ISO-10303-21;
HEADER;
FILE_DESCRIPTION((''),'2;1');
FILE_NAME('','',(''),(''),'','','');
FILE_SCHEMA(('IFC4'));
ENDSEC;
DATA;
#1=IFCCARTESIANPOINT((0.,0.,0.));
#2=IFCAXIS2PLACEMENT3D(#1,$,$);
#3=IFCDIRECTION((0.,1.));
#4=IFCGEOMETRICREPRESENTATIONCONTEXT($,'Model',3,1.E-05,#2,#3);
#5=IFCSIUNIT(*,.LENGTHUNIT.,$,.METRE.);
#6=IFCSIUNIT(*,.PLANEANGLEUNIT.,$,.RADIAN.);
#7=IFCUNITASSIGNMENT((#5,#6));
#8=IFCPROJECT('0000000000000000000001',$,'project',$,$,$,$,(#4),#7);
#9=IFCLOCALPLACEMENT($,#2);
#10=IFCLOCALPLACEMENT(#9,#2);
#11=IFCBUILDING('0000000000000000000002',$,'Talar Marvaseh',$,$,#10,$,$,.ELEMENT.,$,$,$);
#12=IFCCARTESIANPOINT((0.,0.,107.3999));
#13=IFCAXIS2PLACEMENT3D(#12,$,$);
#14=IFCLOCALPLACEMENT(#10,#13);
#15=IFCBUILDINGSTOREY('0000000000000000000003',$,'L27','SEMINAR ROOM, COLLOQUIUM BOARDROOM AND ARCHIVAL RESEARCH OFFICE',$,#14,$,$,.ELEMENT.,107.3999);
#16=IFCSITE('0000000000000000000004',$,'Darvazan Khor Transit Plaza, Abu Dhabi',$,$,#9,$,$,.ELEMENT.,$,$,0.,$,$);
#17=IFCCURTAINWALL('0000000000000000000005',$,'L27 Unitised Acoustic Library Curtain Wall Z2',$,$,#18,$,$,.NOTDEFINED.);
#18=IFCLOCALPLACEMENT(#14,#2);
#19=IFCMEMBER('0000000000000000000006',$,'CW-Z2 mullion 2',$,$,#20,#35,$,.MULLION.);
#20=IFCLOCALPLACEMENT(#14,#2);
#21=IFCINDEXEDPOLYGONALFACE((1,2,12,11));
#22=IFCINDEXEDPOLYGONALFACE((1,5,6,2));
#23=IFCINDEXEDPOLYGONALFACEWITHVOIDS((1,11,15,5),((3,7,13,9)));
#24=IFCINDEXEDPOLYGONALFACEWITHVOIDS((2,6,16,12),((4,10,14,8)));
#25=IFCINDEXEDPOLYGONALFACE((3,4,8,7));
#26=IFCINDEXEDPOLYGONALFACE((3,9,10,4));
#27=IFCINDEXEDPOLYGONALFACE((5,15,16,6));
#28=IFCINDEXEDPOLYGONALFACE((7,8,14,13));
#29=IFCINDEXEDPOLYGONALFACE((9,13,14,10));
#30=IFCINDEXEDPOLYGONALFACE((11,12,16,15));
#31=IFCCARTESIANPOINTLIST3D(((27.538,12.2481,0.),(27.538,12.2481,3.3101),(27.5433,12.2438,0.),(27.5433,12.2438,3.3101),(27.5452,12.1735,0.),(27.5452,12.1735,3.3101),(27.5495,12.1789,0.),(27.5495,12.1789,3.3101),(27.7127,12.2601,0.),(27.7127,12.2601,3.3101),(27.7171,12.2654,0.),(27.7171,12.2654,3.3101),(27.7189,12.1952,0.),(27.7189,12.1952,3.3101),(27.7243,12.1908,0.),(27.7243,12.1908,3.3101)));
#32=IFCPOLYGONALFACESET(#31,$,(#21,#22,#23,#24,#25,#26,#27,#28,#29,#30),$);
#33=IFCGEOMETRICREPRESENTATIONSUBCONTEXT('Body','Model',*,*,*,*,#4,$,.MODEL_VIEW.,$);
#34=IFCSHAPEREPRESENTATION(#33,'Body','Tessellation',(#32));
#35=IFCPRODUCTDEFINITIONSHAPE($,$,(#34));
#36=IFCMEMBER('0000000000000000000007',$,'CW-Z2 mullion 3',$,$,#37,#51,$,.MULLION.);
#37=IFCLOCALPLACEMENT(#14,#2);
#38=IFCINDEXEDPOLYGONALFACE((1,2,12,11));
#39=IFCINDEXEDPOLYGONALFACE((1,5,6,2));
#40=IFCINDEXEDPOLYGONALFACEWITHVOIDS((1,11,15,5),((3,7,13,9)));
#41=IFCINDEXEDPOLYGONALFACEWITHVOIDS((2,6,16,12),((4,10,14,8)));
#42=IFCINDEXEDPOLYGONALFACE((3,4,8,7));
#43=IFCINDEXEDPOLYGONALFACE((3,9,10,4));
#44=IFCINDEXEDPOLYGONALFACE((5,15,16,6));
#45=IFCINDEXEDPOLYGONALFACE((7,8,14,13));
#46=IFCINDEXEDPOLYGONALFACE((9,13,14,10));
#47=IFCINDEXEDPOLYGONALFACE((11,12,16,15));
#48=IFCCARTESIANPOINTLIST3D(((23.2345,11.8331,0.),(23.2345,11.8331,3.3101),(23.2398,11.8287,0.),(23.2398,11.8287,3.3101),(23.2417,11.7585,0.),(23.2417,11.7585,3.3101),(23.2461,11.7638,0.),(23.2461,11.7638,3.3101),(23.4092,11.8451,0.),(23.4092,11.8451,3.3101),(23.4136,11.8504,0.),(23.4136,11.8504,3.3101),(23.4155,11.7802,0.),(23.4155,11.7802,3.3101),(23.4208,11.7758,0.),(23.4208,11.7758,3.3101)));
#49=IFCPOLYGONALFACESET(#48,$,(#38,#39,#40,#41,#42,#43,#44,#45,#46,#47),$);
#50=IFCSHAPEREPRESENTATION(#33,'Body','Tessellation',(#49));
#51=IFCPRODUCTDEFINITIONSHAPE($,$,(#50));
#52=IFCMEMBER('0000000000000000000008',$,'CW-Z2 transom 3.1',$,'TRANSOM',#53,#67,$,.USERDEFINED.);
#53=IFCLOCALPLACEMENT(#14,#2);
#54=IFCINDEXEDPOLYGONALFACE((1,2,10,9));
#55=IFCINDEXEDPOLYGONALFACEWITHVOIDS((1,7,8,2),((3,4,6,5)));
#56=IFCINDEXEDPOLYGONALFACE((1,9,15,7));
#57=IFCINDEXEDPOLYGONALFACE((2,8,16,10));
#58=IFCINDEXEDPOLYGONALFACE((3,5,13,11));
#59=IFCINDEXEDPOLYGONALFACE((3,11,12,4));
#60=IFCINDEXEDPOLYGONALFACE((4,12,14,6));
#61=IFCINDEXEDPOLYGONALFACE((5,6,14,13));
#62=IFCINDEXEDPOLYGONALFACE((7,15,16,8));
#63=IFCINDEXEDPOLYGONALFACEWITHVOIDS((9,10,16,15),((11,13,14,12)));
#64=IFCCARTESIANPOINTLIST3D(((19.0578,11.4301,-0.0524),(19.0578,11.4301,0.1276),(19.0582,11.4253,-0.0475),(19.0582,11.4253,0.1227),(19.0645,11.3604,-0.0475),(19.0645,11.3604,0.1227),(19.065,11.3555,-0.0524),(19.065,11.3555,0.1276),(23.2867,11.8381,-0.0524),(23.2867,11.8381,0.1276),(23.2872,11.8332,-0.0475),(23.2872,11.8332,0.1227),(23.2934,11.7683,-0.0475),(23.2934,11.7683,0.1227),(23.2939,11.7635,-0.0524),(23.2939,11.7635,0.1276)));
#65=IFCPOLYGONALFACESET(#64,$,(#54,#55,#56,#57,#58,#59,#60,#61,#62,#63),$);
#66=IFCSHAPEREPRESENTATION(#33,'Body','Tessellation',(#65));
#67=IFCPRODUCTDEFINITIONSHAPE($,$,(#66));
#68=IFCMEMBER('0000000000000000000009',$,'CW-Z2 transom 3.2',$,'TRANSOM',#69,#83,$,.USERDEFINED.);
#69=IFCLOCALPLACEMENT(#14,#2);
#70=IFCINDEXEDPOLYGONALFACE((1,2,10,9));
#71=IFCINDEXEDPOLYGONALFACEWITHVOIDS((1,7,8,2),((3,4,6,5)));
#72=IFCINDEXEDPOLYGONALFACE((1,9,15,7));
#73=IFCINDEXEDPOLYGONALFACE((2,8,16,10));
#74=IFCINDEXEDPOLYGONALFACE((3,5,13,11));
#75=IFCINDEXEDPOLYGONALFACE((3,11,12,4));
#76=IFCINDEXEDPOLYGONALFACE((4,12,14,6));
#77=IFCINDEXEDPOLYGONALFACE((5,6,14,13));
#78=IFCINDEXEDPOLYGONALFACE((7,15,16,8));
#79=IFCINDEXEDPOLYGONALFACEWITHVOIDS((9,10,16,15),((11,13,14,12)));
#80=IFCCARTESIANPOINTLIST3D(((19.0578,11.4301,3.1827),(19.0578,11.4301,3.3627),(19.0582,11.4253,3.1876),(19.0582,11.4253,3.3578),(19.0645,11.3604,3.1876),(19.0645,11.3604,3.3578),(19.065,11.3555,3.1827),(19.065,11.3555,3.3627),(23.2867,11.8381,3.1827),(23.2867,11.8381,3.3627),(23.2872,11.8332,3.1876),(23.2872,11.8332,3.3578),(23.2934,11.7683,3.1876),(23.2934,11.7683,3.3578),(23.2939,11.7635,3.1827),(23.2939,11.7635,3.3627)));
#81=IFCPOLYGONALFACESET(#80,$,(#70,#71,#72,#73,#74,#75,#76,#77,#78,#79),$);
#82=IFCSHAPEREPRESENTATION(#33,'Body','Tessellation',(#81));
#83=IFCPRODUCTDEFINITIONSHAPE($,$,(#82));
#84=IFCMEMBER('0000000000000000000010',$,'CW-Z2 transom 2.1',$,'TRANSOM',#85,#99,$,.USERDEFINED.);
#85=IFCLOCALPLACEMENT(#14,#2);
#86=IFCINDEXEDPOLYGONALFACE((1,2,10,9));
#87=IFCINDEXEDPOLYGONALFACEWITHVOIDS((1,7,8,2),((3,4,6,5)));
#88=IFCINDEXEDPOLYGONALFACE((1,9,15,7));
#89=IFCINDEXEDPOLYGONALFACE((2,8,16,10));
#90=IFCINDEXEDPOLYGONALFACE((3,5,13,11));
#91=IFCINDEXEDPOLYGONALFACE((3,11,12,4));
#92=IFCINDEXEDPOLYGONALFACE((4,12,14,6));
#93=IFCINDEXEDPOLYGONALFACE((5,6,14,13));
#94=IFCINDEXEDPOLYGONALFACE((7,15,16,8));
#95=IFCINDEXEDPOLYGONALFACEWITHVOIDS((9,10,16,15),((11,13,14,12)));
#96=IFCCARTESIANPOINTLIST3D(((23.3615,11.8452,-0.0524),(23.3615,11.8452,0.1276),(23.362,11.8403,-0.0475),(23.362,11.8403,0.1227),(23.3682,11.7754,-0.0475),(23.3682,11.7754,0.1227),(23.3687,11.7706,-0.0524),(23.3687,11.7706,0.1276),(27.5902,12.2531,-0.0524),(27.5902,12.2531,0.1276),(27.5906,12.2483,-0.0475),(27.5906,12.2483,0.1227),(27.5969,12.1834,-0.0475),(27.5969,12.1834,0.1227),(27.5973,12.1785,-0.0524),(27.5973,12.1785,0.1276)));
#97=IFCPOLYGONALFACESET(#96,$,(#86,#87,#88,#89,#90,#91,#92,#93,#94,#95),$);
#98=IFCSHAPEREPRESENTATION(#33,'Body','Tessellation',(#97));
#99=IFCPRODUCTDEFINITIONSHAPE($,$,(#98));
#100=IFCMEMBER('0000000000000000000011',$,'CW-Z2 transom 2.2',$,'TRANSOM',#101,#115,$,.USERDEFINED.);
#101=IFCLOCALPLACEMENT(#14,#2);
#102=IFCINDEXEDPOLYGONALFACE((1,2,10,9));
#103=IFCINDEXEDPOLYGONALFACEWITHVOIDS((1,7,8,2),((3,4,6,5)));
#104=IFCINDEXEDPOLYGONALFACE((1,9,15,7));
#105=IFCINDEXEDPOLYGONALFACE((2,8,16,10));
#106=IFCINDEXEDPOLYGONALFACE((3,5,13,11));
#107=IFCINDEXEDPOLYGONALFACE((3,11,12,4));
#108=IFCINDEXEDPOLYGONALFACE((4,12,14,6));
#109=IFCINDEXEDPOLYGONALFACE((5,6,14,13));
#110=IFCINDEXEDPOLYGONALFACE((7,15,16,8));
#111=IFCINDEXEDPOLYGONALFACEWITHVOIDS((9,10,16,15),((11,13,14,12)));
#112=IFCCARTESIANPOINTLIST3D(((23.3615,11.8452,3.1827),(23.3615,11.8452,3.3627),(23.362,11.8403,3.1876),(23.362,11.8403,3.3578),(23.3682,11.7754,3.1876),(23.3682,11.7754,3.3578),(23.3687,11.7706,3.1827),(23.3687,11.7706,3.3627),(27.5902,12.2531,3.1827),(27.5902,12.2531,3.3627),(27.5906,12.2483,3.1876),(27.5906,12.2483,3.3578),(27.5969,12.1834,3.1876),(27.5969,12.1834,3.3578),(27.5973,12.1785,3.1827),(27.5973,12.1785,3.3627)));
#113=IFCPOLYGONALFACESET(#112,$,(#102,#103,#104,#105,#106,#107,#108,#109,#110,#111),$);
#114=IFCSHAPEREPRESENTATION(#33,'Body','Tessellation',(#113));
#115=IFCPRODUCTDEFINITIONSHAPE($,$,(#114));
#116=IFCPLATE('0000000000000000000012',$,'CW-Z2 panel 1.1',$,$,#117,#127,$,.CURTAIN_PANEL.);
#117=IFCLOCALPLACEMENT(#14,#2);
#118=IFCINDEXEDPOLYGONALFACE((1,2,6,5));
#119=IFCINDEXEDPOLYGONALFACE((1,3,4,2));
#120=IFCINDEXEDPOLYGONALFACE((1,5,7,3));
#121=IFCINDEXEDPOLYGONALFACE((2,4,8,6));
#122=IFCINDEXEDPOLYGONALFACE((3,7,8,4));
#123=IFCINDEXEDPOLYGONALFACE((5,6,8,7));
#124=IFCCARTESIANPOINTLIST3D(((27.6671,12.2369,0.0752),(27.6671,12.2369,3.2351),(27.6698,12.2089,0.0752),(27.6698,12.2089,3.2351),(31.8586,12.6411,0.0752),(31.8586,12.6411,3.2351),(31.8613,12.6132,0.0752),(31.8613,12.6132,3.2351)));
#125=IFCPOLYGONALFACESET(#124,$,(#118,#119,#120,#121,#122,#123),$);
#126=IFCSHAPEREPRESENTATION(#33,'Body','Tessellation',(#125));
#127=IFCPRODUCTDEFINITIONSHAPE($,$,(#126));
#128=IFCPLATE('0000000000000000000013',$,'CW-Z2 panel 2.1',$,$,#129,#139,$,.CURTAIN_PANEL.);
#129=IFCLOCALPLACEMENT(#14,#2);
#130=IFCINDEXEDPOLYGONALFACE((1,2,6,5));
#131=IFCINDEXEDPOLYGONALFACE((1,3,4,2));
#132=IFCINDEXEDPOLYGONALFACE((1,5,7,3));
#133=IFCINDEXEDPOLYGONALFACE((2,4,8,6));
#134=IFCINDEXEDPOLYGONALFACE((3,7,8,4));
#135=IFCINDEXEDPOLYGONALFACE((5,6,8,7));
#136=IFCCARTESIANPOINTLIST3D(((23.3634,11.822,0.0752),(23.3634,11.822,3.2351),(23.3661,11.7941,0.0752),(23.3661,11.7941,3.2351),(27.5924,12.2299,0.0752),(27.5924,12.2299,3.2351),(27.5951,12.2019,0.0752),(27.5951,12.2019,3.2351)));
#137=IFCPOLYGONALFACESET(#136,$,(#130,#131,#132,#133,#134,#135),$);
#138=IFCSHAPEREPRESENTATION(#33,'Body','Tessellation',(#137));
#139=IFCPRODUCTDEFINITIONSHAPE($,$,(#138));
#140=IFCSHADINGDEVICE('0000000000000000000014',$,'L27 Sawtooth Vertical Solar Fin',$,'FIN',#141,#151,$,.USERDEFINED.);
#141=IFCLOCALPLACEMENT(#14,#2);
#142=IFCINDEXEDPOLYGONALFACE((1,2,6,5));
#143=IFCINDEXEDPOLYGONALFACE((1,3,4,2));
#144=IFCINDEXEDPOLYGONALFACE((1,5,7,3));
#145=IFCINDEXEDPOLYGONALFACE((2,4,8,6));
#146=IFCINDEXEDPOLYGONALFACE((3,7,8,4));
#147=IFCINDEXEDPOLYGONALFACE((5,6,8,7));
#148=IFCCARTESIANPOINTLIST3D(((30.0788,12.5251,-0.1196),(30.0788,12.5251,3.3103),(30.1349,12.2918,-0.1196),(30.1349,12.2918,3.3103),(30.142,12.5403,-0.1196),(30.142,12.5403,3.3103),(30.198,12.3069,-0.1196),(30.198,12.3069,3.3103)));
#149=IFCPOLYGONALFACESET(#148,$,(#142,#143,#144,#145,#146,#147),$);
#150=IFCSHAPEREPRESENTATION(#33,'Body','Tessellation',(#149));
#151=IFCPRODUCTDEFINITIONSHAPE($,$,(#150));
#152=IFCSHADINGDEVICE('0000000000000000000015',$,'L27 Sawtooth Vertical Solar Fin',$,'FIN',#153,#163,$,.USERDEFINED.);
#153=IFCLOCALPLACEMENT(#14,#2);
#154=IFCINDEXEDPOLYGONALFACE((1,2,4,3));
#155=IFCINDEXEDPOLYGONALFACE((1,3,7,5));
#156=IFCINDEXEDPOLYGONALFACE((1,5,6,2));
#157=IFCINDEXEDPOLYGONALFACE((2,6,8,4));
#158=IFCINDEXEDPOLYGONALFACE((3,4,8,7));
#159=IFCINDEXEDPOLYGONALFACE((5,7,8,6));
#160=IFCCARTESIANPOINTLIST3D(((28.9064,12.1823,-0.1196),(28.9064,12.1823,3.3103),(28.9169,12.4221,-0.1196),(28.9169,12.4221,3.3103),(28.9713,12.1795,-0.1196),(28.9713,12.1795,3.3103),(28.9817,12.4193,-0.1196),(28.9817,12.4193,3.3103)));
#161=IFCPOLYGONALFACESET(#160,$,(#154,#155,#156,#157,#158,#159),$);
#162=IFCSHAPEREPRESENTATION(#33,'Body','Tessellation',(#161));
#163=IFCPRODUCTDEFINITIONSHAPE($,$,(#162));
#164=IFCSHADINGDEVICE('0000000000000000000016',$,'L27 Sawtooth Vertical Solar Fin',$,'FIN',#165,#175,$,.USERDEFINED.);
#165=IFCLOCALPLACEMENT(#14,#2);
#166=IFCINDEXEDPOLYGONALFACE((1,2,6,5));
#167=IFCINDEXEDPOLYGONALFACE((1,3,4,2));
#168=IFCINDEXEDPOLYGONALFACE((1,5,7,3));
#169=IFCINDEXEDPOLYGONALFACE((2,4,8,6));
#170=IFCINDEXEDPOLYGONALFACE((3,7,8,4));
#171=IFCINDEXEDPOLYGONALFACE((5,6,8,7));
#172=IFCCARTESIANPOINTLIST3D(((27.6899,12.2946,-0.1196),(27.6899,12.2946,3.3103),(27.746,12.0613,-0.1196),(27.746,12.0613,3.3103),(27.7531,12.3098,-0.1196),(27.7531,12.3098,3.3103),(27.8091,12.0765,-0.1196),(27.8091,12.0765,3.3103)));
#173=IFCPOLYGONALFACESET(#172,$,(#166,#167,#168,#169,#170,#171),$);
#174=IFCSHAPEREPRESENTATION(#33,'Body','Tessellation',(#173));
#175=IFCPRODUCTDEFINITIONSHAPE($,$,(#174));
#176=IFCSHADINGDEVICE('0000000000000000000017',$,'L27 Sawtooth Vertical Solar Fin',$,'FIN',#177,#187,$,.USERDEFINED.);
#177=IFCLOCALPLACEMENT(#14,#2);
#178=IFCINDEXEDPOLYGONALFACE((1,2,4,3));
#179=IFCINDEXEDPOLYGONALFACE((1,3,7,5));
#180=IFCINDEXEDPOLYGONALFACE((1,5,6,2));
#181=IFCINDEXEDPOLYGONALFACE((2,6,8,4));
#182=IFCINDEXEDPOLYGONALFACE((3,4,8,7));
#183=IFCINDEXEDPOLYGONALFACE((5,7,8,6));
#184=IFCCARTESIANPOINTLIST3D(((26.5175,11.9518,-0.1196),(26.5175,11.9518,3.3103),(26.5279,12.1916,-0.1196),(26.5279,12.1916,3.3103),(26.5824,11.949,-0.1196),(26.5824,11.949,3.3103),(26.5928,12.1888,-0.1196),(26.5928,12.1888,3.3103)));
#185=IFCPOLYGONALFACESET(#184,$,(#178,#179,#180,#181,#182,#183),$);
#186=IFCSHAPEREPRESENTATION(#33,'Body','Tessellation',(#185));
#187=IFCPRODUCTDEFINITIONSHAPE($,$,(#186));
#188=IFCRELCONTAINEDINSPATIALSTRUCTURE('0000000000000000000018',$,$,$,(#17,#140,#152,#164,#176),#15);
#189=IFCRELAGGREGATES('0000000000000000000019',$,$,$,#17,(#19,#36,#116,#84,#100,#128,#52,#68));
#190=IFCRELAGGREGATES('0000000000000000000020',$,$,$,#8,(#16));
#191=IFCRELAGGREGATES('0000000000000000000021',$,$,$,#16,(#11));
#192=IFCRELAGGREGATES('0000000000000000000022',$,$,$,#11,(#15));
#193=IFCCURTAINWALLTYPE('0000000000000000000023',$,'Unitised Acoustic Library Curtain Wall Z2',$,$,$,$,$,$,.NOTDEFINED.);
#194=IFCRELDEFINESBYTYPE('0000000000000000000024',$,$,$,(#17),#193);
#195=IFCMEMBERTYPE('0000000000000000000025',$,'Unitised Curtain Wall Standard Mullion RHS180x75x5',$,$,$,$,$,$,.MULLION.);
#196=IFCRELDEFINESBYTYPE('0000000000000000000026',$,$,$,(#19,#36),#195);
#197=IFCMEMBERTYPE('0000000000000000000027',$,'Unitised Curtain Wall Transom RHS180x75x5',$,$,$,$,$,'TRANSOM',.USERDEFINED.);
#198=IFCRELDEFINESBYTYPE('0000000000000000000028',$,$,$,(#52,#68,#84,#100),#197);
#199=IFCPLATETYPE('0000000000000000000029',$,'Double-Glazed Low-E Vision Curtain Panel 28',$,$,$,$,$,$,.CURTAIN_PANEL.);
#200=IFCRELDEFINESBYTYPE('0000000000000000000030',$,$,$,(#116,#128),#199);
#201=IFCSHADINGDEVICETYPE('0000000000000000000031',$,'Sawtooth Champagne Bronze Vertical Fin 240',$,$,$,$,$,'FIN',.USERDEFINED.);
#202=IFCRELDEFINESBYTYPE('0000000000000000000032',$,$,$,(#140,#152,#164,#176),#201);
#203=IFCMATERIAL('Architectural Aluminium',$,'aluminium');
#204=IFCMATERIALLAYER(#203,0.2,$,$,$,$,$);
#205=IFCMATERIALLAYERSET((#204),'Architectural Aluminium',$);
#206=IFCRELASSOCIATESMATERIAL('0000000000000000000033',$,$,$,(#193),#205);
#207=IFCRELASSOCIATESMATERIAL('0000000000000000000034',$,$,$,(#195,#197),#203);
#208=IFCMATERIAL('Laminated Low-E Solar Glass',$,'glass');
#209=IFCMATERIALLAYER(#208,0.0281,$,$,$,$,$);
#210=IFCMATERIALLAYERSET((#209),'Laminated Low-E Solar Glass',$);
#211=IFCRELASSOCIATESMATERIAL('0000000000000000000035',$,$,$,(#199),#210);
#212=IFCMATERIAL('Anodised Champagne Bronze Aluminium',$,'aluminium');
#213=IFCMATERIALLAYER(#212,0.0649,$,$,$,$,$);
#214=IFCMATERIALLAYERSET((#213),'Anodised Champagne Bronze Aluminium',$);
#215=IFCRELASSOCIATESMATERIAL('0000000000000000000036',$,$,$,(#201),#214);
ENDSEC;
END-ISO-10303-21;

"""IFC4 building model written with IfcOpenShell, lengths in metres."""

from ifc_helpers import new_model, si_unit, direction, frame, origin, origin_2d, place, context, subcontext, project, spatial, rectangle, hollow_rectangle, extrude, source, transform, mapped, material, layer, layer_set, material_profile, profile_set, type_object, type_shapes, element, aggregate, save


model = new_model("IFC4")

# Units and contexts
model_context = context("Model", 3, precision=1e-05, world=origin(), true_north=direction((0.0, 1.0)))
body_context = subcontext(model_context, "Body", "Model", "MODEL_VIEW")
ifc_project = project(units=[si_unit("LENGTHUNIT", "METRE"), si_unit("PLANEANGLEUNIT", "RADIAN")], contexts=[model_context])

# Site, building, storey
site_placement = place(None, origin())
site = spatial("IfcSite", under=ifc_project, at=site_placement, Name="Darvazan Khor Transit Plaza, Abu Dhabi", CompositionType="ELEMENT", RefElevation=0.0)
building_placement = place(site_placement, origin())
building = spatial("IfcBuilding", under=site, at=building_placement, Name="Talar Marvaseh", CompositionType="ELEMENT")
storey_placement = place(building_placement, frame((0.0, 0.0, 107.3999)))
storey = spatial("IfcBuildingStorey", under=building, at=storey_placement, Name="L27", Description="SEMINAR ROOM, COLLOQUIUM BOARDROOM AND ARCHIVAL RESEARCH OFFICE", CompositionType="ELEMENT", Elevation=107.3999)

# Curtain wall, members, plates
ifc_material_1 = material(Name="Architectural Aluminium", Category="aluminium")
ifc_layer_1 = layer(ifc_material_1, 0.2)
ifc_layer_set_1 = layer_set([ifc_layer_1], Name="Architectural Aluminium")
curtain_wall_type = type_object("IfcCurtainWallType", Name="Unitised Acoustic Library Curtain Wall Z2", PredefinedType="NOTDEFINED", material=ifc_layer_set_1)
curtain_wall_placement = place(storey_placement, origin())
curtain_wall = element("IfcCurtainWall", 1, at=curtain_wall_placement, inside=storey, type_object=curtain_wall_type, Name="L27 Unitised Acoustic Library Curtain Wall Z2", PredefinedType="NOTDEFINED")
ifc_material_profile_1 = material_profile(ifc_material_1, hollow_rectangle(XDim=0.075, YDim=0.1799, WallThickness=0.0049, at=origin_2d()), Name="RHS180x75x5")
ifc_profile_set_1 = profile_set([ifc_material_profile_1], Name="Architectural Aluminium")
member_type_1 = type_object("IfcMemberType", Name="Unitised Curtain Wall Standard Mullion RHS180x75x5", PredefinedType="MULLION", material=ifc_profile_set_1)
shared_shape_1 = source(origin(), body_context, "Body", "SweptSolid", [
    extrude(hollow_rectangle(XDim=0.075, YDim=0.1799, WallThickness=0.0049, at=origin_2d()), origin(), (0.0, 0.0, 1.0), 3.3101),
])
type_shapes(member_type_1, [shared_shape_1])
member_1_placement = place(storey_placement, frame((27.6311, 12.2195, 0.0), z_axis=(0.0, 0.0, 1.0), x_axis=(0.096, -0.995381, 0.0)))
member_1 = element("IfcMember", 2, at=member_1_placement, type_object=member_type_1, Name="CW-Z2 mullion 2", PredefinedType="MULLION", context=body_context, shape_type="MappedRepresentation", body=[
    mapped(shared_shape_1, transform((0.0, 0.0, 0.0), x_axis=(1.0, 0.0, 0.0), y_axis=(0.0, 1.0, 0.0), z_axis=(0.0, 0.0, 1.0), scale=1.0)),
])
member_2_placement = place(storey_placement, frame((23.3276, 11.8044, 0.0), z_axis=(0.0, 0.0, 1.0), x_axis=(0.096, -0.995381, 0.0)))
member_2 = element("IfcMember", 3, at=member_2_placement, type_object=member_type_1, Name="CW-Z2 mullion 3", PredefinedType="MULLION", context=body_context, shape_type="MappedRepresentation", body=[
    mapped(shared_shape_1, transform((0.0, 0.0, 0.0), x_axis=(1.0, 0.0, 0.0), y_axis=(0.0, 1.0, 0.0), z_axis=(0.0, 0.0, 1.0), scale=1.0)),
])
ifc_material_profile_2 = material_profile(ifc_material_1, hollow_rectangle(XDim=0.075, YDim=0.1799, WallThickness=0.0049, at=origin_2d()), Name="RHS180x75x5")
ifc_profile_set_2 = profile_set([ifc_material_profile_2], Name="Architectural Aluminium")
member_type_2 = type_object("IfcMemberType", Name="Unitised Curtain Wall Transom RHS180x75x5", ElementType="TRANSOM", PredefinedType="USERDEFINED", material=ifc_profile_set_2)
shared_shape_2 = source(origin(), body_context, "Body", "SweptSolid", [
    extrude(hollow_rectangle(XDim=0.075, YDim=0.1799, WallThickness=0.0049, at=origin_2d()), origin(), (0.0, 0.0, 1.0), 4.2485),
])
member_3_placement = place(storey_placement, frame((23.2903, 11.8008, 0.0376), z_axis=(-0.995379, -0.096021, 0.0), x_axis=(0.096021, -0.995379, 0.0)))
member_3 = element("IfcMember", 4, at=member_3_placement, type_object=member_type_2, Name="CW-Z2 transom 3.1", ObjectType="TRANSOM", PredefinedType="USERDEFINED", context=body_context, shape_type="MappedRepresentation", body=[
    mapped(shared_shape_2, transform((0.0, 0.0, 0.0), x_axis=(1.0, 0.0, 0.0), y_axis=(0.0, 1.0, 0.0), z_axis=(0.0, 0.0, 1.0), scale=1.0)),
])
member_4_placement = place(storey_placement, frame((23.2903, 11.8008, 3.2727), z_axis=(-0.995379, -0.096021, 0.0), x_axis=(0.096021, -0.995379, 0.0)))
member_4 = element("IfcMember", 5, at=member_4_placement, type_object=member_type_2, Name="CW-Z2 transom 3.2", ObjectType="TRANSOM", PredefinedType="USERDEFINED", context=body_context, shape_type="MappedRepresentation", body=[
    mapped(shared_shape_2, transform((0.0, 0.0, 0.0), x_axis=(1.0, 0.0, 0.0), y_axis=(0.0, 1.0, 0.0), z_axis=(0.0, 0.0, 1.0), scale=1.0)),
])
shared_shape_3 = source(origin(), body_context, "Body", "SweptSolid", [
    extrude(hollow_rectangle(XDim=0.075, YDim=0.1799, WallThickness=0.0049, at=origin_2d()), origin(), (0.0, 0.0, 1.0), 4.2483),
])
type_shapes(member_type_2, [shared_shape_2, shared_shape_3])
member_5_placement = place(storey_placement, frame((27.5938, 12.2158, 0.0376), z_axis=(-0.995379, -0.096027, 0.0), x_axis=(0.096027, -0.995379, 0.0)))
member_5 = element("IfcMember", 6, at=member_5_placement, type_object=member_type_2, Name="CW-Z2 transom 2.1", ObjectType="TRANSOM", PredefinedType="USERDEFINED", context=body_context, shape_type="MappedRepresentation", body=[
    mapped(shared_shape_3, transform((0.0, 0.0, 0.0), x_axis=(1.0, 0.0, 0.0), y_axis=(0.0, 1.0, 0.0), z_axis=(0.0, 0.0, 1.0), scale=1.0)),
])
member_6_placement = place(storey_placement, frame((27.5938, 12.2158, 3.2727), z_axis=(-0.995379, -0.096027, 0.0), x_axis=(0.096027, -0.995379, 0.0)))
member_6 = element("IfcMember", 7, at=member_6_placement, type_object=member_type_2, Name="CW-Z2 transom 2.2", ObjectType="TRANSOM", PredefinedType="USERDEFINED", context=body_context, shape_type="MappedRepresentation", body=[
    mapped(shared_shape_3, transform((0.0, 0.0, 0.0), x_axis=(1.0, 0.0, 0.0), y_axis=(0.0, 1.0, 0.0), z_axis=(0.0, 0.0, 1.0), scale=1.0)),
])
ifc_material_2 = material(Name="Laminated Low-E Solar Glass", Category="glass")
ifc_layer_2 = layer(ifc_material_2, 0.0281)
ifc_layer_set_2 = layer_set([ifc_layer_2], Name="Laminated Low-E Solar Glass")
plate_type = type_object("IfcPlateType", Name="Double-Glazed Low-E Vision Curtain Panel 28", PredefinedType="CURTAIN_PANEL", material=ifc_layer_set_2)
shared_shape_4 = source(origin(), body_context, "Body", "SweptSolid", [
    extrude(rectangle(XDim=4.2109, YDim=0.0281, at=origin_2d()), origin(), (0.0, 0.0, 1.0), 3.1599),
])
plate_1_placement = place(storey_placement, frame((29.7642, 12.425, 0.0752), z_axis=(0.0, 0.0, 1.0), x_axis=(-0.995381, -0.096, 0.0)))
plate_1 = element("IfcPlate", 8, at=plate_1_placement, type_object=plate_type, Name="CW-Z2 panel 1.1", PredefinedType="CURTAIN_PANEL", context=body_context, shape_type="MappedRepresentation", body=[
    mapped(shared_shape_4, transform((0.0, 0.0, 0.0), x_axis=(1.0, 0.0, 0.0), y_axis=(0.0, 1.0, 0.0), z_axis=(0.0, 0.0, 1.0), scale=1.0)),
])
shared_shape_5 = source(origin(), body_context, "Body", "SweptSolid", [
    extrude(rectangle(XDim=4.2485, YDim=0.0281, at=origin_2d()), origin(), (0.0, 0.0, 1.0), 3.1599),
])
type_shapes(plate_type, [shared_shape_4, shared_shape_5])
plate_2_placement = place(storey_placement, frame((25.4792, 12.012, 0.0752), z_axis=(0.0, 0.0, 1.0), x_axis=(-0.995381, -0.096, 0.0)))
plate_2 = element("IfcPlate", 9, at=plate_2_placement, type_object=plate_type, Name="CW-Z2 panel 2.1", PredefinedType="CURTAIN_PANEL", context=body_context, shape_type="MappedRepresentation", body=[
    mapped(shared_shape_5, transform((0.0, 0.0, 0.0), x_axis=(1.0, 0.0, 0.0), y_axis=(0.0, 1.0, 0.0), z_axis=(0.0, 0.0, 1.0), scale=1.0)),
])
aggregate(curtain_wall, [member_1, member_2, plate_1, member_5, member_6, plate_2, member_3, member_4])

# Shading devices
ifc_material_3 = material(Name="Anodised Champagne Bronze Aluminium", Category="aluminium")
ifc_layer_3 = layer(ifc_material_3, 0.0649)
ifc_layer_set_3 = layer_set([ifc_layer_3], Name="Anodised Champagne Bronze Aluminium")
shading_device_type = type_object("IfcShadingDeviceType", Name="Sawtooth Champagne Bronze Vertical Fin 240", ElementType="FIN", PredefinedType="USERDEFINED", material=ifc_layer_set_3)
shared_shape_6 = source(origin(), body_context, "Body", "SweptSolid", [
    extrude(rectangle(XDim=0.24, YDim=0.0649, at=origin_2d()), origin(), (0.0, 0.0, 1.0), 3.4299),
])
type_shapes(shading_device_type, [shared_shape_6])
for number, where, z_axis, x_axis, name in (
    (10, (30.1384, 12.416, -0.1196), (0.0, 0.0, 1.0), (0.233615, -0.972329, 0.0), "L27 Sawtooth Vertical Solar Fin"),
    (11, (28.9441, 12.3008, -0.1196), (0.0, 0.0, 1.0), (-0.043445, -0.999056, 0.0), "L27 Sawtooth Vertical Solar Fin"),
    (12, (27.7495, 12.1855, -0.1196), (0.0, 0.0, 1.0), (0.233615, -0.972329, 0.0), "L27 Sawtooth Vertical Solar Fin"),
    (13, (26.5552, 12.0703, -0.1196), (0.0, 0.0, 1.0), (-0.043445, -0.999056, 0.0), "L27 Sawtooth Vertical Solar Fin"),
):
    element("IfcShadingDevice", number, at=place(storey_placement, frame(where, z_axis=z_axis, x_axis=x_axis)), inside=storey, type_object=shading_device_type, Name=name, ObjectType="FIN", PredefinedType="USERDEFINED", context=body_context, shape_type="MappedRepresentation", body=[
        mapped(shared_shape_6, transform((0.0, 0.0, 0.0), x_axis=(1.0, 0.0, 0.0), y_axis=(0.0, 1.0, 0.0), z_axis=(0.0, 0.0, 1.0), scale=1.0)),
    ])

save(model, "model.ifc")
